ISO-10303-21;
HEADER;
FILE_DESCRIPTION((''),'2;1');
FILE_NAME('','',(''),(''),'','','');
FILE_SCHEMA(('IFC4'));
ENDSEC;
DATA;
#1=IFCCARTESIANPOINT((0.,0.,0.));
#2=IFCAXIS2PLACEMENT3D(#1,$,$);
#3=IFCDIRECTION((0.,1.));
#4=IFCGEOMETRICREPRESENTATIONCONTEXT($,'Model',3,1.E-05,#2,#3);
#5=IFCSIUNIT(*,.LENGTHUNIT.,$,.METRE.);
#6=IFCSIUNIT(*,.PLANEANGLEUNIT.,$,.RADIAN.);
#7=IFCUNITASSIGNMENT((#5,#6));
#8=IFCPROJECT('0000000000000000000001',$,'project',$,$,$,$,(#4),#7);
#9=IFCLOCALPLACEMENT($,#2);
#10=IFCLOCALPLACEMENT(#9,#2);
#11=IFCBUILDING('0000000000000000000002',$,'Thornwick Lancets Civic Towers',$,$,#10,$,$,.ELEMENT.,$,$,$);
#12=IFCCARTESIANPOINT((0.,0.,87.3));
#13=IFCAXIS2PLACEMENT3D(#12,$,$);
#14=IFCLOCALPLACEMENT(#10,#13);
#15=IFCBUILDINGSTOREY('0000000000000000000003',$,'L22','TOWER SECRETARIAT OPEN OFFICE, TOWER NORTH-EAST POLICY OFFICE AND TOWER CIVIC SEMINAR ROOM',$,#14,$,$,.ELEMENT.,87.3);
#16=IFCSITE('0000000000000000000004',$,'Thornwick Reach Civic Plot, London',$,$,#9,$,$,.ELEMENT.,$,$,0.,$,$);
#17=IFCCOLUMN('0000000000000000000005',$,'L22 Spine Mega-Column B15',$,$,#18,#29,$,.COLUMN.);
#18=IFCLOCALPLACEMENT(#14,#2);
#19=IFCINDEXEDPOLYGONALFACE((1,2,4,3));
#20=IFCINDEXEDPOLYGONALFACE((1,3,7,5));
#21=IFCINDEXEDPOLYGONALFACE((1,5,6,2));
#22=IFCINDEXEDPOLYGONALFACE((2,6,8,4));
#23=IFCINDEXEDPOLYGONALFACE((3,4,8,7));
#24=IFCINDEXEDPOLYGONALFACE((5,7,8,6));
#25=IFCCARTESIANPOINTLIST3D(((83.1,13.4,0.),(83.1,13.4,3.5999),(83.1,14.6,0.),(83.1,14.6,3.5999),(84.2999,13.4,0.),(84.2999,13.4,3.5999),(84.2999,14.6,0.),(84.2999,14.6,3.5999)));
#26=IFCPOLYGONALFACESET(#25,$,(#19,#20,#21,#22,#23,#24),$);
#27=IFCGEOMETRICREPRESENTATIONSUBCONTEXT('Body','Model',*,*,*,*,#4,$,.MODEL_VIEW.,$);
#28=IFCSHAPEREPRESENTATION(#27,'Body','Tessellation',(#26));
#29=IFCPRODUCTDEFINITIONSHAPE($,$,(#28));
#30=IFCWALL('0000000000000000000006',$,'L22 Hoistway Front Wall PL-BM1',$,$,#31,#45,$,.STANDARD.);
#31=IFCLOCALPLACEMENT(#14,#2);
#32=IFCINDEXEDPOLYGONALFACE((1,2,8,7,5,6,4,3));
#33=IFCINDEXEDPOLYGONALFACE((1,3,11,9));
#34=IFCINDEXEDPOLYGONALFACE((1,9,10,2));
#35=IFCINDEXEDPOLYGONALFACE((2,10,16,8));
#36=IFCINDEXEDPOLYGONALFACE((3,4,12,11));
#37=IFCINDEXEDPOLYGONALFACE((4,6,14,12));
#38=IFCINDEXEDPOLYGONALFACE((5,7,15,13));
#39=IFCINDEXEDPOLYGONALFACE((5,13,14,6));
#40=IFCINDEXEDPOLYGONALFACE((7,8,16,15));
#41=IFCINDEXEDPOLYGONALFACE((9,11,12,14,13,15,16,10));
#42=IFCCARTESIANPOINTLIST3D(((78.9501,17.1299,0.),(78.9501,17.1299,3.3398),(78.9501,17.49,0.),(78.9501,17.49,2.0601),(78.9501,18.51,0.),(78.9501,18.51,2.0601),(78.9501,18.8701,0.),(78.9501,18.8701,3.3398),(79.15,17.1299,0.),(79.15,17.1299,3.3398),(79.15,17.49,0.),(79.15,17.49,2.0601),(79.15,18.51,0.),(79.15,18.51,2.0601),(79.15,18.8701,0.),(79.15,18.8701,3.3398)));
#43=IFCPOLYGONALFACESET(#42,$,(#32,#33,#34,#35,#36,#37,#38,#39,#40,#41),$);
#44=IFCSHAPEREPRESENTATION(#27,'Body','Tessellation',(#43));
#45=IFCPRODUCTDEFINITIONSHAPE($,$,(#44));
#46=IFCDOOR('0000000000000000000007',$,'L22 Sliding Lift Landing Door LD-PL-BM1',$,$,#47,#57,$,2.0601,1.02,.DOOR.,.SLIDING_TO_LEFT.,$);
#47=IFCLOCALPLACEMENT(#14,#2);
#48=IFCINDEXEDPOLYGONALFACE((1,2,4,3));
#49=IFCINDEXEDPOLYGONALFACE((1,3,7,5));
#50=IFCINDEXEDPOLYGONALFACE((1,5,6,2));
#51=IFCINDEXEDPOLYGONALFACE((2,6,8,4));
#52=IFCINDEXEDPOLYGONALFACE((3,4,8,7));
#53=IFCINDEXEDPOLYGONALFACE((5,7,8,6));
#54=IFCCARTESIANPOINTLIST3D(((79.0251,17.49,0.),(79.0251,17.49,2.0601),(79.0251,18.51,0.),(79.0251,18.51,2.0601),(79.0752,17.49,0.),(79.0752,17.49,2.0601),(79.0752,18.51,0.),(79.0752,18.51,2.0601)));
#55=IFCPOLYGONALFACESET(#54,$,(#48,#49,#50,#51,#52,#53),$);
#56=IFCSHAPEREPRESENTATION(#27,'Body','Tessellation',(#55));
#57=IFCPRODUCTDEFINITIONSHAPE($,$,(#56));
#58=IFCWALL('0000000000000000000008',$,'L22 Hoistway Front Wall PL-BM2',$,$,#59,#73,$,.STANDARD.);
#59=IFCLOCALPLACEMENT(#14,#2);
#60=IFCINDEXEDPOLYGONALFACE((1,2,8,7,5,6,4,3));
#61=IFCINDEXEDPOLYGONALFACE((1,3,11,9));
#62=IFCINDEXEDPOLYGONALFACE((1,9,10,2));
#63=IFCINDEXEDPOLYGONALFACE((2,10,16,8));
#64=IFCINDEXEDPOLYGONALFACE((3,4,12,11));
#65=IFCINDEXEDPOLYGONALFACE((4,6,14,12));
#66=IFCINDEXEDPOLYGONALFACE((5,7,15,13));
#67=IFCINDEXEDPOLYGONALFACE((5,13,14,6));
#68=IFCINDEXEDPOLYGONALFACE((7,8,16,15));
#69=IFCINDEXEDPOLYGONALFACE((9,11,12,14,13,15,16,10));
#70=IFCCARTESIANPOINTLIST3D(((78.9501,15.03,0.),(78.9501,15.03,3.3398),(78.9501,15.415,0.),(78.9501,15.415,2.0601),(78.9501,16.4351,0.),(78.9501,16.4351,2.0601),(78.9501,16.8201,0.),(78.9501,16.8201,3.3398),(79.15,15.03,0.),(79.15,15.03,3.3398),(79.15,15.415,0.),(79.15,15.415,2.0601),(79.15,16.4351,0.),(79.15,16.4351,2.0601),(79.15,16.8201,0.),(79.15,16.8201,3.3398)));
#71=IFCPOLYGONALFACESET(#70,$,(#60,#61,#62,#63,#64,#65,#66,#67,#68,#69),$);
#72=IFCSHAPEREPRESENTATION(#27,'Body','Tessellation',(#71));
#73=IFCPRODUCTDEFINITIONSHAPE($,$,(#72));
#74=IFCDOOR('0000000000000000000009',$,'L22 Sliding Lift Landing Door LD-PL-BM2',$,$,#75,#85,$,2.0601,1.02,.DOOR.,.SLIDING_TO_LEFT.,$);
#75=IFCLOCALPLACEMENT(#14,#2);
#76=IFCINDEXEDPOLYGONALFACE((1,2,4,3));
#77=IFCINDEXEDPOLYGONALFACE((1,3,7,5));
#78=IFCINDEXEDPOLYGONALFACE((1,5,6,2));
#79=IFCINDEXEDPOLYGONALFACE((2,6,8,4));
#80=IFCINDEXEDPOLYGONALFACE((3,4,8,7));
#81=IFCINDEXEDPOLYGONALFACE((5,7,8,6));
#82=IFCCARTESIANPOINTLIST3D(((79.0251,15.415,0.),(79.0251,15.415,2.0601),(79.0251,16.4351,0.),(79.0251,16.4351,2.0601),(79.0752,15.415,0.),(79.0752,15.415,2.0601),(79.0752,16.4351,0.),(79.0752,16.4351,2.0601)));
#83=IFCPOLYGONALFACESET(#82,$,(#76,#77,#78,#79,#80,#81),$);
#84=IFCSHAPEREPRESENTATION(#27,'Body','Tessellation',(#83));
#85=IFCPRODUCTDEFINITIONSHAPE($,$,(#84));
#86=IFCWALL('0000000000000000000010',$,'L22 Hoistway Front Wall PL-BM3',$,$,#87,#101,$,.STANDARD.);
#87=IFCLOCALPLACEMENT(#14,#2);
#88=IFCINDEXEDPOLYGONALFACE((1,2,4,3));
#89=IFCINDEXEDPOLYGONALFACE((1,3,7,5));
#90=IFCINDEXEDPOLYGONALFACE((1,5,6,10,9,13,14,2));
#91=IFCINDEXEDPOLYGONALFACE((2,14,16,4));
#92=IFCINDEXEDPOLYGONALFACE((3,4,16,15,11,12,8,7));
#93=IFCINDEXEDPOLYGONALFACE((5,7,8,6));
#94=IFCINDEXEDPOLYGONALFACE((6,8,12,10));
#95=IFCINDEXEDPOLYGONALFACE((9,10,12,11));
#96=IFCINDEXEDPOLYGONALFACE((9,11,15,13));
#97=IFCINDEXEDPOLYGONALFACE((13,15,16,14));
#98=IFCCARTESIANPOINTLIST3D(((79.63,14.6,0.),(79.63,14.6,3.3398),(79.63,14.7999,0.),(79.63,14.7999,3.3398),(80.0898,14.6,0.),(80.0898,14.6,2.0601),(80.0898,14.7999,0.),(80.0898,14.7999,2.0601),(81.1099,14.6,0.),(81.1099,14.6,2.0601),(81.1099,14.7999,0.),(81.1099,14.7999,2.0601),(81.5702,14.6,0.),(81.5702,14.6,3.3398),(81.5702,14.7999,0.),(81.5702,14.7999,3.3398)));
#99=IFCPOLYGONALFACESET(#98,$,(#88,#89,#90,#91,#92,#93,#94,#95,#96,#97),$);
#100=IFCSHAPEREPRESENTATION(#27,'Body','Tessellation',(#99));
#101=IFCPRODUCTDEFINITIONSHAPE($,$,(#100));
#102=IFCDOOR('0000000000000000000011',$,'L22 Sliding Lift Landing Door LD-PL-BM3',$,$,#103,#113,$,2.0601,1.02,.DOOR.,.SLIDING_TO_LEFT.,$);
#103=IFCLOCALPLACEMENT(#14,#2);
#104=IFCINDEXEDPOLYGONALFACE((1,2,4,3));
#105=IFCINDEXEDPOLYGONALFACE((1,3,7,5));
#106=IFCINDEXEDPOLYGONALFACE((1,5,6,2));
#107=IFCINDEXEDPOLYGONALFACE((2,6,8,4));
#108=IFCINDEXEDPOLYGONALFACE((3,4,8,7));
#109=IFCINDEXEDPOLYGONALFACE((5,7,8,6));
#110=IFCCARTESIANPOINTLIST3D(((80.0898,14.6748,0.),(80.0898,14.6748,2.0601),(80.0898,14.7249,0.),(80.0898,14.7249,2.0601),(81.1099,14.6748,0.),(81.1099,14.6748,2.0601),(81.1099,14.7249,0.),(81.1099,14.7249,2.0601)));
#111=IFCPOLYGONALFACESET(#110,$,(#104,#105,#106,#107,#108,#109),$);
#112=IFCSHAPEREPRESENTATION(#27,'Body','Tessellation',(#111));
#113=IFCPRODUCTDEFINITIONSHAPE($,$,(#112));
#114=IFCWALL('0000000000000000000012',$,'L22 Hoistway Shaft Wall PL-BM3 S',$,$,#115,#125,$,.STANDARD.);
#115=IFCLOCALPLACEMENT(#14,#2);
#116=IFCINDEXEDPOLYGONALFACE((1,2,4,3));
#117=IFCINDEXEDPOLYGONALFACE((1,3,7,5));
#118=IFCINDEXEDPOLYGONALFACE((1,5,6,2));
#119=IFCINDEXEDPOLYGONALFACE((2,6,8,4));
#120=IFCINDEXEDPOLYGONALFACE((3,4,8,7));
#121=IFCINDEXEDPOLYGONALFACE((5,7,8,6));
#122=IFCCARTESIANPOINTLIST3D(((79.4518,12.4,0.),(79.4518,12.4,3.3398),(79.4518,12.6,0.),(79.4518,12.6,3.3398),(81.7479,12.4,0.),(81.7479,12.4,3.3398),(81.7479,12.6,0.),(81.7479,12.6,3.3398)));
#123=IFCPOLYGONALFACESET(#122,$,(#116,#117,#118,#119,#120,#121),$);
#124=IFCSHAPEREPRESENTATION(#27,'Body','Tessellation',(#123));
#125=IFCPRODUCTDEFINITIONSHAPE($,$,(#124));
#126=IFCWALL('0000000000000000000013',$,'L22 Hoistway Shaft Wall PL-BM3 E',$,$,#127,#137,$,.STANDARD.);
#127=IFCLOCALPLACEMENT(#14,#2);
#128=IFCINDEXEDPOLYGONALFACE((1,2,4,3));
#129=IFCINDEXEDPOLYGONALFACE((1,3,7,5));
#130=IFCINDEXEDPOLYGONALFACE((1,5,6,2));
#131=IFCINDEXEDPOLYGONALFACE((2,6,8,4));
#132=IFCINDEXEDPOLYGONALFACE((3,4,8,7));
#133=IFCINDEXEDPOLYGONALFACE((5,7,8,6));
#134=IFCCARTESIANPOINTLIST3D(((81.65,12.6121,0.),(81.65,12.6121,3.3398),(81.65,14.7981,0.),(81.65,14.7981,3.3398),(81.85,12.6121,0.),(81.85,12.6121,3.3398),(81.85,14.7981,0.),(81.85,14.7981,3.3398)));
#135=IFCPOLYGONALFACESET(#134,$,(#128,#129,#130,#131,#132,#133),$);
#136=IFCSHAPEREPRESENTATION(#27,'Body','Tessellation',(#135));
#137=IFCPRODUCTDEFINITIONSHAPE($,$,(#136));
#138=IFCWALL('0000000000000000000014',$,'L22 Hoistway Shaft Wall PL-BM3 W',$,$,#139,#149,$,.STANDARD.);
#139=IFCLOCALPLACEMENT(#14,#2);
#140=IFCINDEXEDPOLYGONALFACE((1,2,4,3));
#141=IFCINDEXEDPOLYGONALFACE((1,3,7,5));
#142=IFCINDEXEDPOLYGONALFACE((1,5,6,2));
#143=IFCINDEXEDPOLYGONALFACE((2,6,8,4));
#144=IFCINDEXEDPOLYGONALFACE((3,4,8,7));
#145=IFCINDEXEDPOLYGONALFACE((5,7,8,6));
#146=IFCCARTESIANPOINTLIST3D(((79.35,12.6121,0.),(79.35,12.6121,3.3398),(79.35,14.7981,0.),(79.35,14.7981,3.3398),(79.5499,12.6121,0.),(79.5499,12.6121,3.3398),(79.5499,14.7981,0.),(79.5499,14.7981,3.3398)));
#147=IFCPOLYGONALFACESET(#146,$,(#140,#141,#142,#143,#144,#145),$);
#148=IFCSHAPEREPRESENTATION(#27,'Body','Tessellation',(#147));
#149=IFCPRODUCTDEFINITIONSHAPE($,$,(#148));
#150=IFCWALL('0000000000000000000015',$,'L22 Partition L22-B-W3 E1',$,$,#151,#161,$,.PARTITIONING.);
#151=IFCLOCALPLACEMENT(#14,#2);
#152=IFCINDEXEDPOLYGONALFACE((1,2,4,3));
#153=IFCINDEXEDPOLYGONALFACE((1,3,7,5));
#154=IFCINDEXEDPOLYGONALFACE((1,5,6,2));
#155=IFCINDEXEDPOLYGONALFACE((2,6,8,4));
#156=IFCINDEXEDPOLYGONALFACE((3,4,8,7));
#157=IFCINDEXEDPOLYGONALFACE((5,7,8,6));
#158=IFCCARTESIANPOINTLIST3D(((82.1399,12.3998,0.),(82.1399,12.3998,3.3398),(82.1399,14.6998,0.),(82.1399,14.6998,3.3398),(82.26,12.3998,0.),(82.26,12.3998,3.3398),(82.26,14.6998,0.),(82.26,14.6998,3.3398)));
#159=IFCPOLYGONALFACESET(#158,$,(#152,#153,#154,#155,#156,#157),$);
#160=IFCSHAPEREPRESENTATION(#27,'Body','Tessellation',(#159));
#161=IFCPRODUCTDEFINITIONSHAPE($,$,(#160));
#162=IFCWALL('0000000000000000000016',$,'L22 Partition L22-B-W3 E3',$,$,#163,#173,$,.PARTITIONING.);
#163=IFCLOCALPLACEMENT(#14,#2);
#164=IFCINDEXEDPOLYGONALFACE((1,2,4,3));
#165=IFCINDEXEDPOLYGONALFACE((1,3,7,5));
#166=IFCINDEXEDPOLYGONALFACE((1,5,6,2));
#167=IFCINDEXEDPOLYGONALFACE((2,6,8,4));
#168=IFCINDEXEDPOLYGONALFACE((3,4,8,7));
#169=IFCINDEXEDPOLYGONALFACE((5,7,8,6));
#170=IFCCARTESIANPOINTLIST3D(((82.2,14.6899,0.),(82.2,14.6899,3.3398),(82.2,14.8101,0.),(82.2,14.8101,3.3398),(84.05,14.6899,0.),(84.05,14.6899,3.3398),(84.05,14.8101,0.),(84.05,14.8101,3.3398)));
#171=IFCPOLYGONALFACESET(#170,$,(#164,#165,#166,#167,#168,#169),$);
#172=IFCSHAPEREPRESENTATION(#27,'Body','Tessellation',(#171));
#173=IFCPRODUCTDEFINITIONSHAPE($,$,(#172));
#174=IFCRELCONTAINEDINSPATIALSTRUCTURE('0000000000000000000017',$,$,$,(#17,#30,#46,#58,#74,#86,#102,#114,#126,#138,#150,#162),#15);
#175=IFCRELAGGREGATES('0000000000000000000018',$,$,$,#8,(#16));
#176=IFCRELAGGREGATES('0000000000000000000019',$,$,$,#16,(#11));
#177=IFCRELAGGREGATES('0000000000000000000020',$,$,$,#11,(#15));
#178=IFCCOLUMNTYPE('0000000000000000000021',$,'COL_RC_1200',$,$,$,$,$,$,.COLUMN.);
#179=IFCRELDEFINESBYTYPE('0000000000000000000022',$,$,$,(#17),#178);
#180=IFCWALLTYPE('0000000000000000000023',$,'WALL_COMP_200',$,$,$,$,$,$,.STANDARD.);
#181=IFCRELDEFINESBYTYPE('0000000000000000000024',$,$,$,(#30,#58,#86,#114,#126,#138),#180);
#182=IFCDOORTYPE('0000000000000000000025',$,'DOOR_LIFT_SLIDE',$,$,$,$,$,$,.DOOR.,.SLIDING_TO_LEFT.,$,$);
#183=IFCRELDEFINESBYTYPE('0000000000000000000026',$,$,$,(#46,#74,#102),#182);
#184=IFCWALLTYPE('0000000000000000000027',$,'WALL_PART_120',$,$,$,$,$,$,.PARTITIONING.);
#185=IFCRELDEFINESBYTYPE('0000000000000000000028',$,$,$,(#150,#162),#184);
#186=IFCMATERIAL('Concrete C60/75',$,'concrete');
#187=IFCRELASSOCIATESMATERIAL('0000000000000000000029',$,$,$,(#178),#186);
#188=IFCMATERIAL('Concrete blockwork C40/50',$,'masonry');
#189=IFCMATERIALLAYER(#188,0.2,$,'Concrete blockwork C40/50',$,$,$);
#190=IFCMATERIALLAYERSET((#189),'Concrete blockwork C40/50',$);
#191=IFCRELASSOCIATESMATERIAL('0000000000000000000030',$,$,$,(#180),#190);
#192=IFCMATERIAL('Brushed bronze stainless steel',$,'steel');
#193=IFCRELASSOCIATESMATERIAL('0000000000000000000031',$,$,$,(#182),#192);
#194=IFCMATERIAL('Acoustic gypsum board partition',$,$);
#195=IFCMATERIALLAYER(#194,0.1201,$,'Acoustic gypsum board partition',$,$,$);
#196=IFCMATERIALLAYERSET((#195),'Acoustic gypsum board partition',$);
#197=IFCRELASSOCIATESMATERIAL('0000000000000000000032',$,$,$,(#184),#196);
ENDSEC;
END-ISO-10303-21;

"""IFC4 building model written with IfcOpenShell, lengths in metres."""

from ifc_helpers import new_model, si_unit, direction, frame, frame_2d, origin, origin_2d, place, context, subcontext, project, spatial, rectangle, extrude, material, layer, layer_set, material_profile, profile_set, type_object, element, fill, save


model = new_model("IFC4")

# Units and contexts
model_context = context("Model", 3, precision=1e-05, world=origin(), true_north=direction((0.0, 1.0)))
body_context = subcontext(model_context, "Body", "Model", "MODEL_VIEW")
ifc_project = project(units=[si_unit("LENGTHUNIT", "METRE"), si_unit("PLANEANGLEUNIT", "RADIAN")], contexts=[model_context])

# Site, building, storey
site_placement = place(None, origin())
site = spatial("IfcSite", under=ifc_project, at=site_placement, Name="Thornwick Reach Civic Plot, London", CompositionType="ELEMENT", RefElevation=0.0)
building_placement = place(site_placement, origin())
building = spatial("IfcBuilding", under=site, at=building_placement, Name="Thornwick Lancets Civic Towers", CompositionType="ELEMENT")
storey_placement = place(building_placement, frame((0.0, 0.0, 87.3)))
storey = spatial("IfcBuildingStorey", under=building, at=storey_placement, Name="L22", Description="TOWER SECRETARIAT OPEN OFFICE, TOWER NORTH-EAST POLICY OFFICE AND TOWER CIVIC SEMINAR ROOM", CompositionType="ELEMENT", Elevation=87.3)

# Column
ifc_material_1 = material(Name="Concrete C60/75", Category="concrete")
ifc_material_profile = material_profile(ifc_material_1, rectangle(XDim=1.2, YDim=1.2, at=origin_2d()), Name="RC 1200x1200")
ifc_profile_set = profile_set([ifc_material_profile], Name="Concrete C60/75")
column_type = type_object("IfcColumnType", Name="COL_RC_1200", PredefinedType="COLUMN", material=ifc_profile_set)
column_placement = place(storey_placement, frame((83.7, 14.0, 0.0), z_axis=(0.0, 0.0, 1.0), x_axis=(1.0, 0.0, 0.0)))
element("IfcColumn", 1, at=column_placement, inside=storey, type_object=column_type, Name="L22 Spine Mega-Column B15", PredefinedType="COLUMN", context=body_context, shape_type="SweptSolid", body=[
    extrude(rectangle(XDim=1.2, YDim=1.2, at=origin_2d()), origin(), (0.0, 0.0, 1.0), 3.5999),
])

# Walls, openings, doors
ifc_material_2 = material(Name="Concrete blockwork C40/50", Category="masonry")
ifc_layer_1 = layer(ifc_material_2, 0.2, Name="Concrete blockwork C40/50")
ifc_layer_set_1 = layer_set([ifc_layer_1], Name="Concrete blockwork C40/50")
wall_type_1 = type_object("IfcWallType", Name="WALL_COMP_200", PredefinedType="STANDARD", material=ifc_layer_set_1)
wall_1_placement = place(storey_placement, frame((79.05, 17.1299, 0.0), z_axis=(0.0, 0.0, 1.0), x_axis=(0.0, 1.0, 0.0)))
wall_1 = element("IfcWall", 2, at=wall_1_placement, inside=storey, type_object=wall_type_1, Name="L22 Hoistway Front Wall PL-BM1", PredefinedType="STANDARD", context=body_context, shape_type="SweptSolid", body=[
    extrude(rectangle(XDim=1.7402, YDim=0.2, at=frame_2d((0.8701, 0.0))), origin(), (0.0, 0.0, 1.0), 3.3398),
])
opening_1_placement = place(wall_1_placement, frame((0.3601, 0.0, 0.0)))
opening_1 = element("IfcOpeningElement", 3, at=opening_1_placement, cuts=wall_1, PredefinedType="OPENING", context=body_context, shape_type="SweptSolid", body=[
    extrude(rectangle(XDim=1.02, YDim=2.0601, at=frame_2d((0.51, 1.03))), frame((0.0, 0.1099, 0.0), z_axis=(0.0, -1.0, 0.0), x_axis=(1.0, 0.0, 0.0)), (0.0, 0.0, 1.0), 0.22),
])
ifc_material_3 = material(Name="Brushed bronze stainless steel", Category="steel")
door_type_1 = type_object("IfcDoorType", Name="DOOR_LIFT_SLIDE", OperationType="SLIDING_TO_LEFT", PredefinedType="DOOR", material=ifc_material_3)
door_1_placement = place(opening_1_placement, origin())
door_1 = element("IfcDoor", 4, at=door_1_placement, inside=storey, type_object=door_type_1, Name="L22 Sliding Lift Landing Door LD-PL-BM1", OperationType="SLIDING_TO_LEFT", OverallHeight=2.0601, OverallWidth=1.02, PredefinedType="DOOR", context=body_context, shape_type="SweptSolid", body=[
    extrude(rectangle(XDim=1.02, YDim=2.0601, at=frame_2d((0.51, 1.03))), frame((0.0, 0.0249, 0.0), z_axis=(0.0, -1.0, 0.0), x_axis=(1.0, 0.0, 0.0)), (0.0, 0.0, 1.0), 0.05),
])
fill(opening_1, door_1)
wall_2_placement = place(storey_placement, frame((79.05, 15.03, 0.0), z_axis=(0.0, 0.0, 1.0), x_axis=(0.0, 1.0, 0.0)))
wall_2 = element("IfcWall", 5, at=wall_2_placement, inside=storey, type_object=wall_type_1, Name="L22 Hoistway Front Wall PL-BM2", PredefinedType="STANDARD", context=body_context, shape_type="SweptSolid", body=[
    extrude(rectangle(XDim=1.79, YDim=0.2, at=frame_2d((0.895, 0.0))), origin(), (0.0, 0.0, 1.0), 3.3398),
])
opening_2_placement = place(wall_2_placement, frame((0.385, 0.0, 0.0)))
opening_2 = element("IfcOpeningElement", 6, at=opening_2_placement, cuts=wall_2, PredefinedType="OPENING", context=body_context, shape_type="SweptSolid", body=[
    extrude(rectangle(XDim=1.02, YDim=2.0601, at=frame_2d((0.51, 1.03))), frame((0.0, 0.1099, 0.0), z_axis=(0.0, -1.0, 0.0), x_axis=(1.0, 0.0, 0.0)), (0.0, 0.0, 1.0), 0.22),
])
door_2_placement = place(opening_2_placement, origin())
door_2 = element("IfcDoor", 7, at=door_2_placement, inside=storey, type_object=door_type_1, Name="L22 Sliding Lift Landing Door LD-PL-BM2", OperationType="SLIDING_TO_LEFT", OverallHeight=2.0601, OverallWidth=1.02, PredefinedType="DOOR", context=body_context, shape_type="SweptSolid", body=[
    extrude(rectangle(XDim=1.02, YDim=2.0601, at=frame_2d((0.51, 1.03))), frame((0.0, 0.0249, 0.0), z_axis=(0.0, -1.0, 0.0), x_axis=(1.0, 0.0, 0.0)), (0.0, 0.0, 1.0), 0.05),
])
fill(opening_2, door_2)
wall_3_placement = place(storey_placement, frame((79.6299, 14.7, 0.0), z_axis=(0.0, 0.0, 1.0), x_axis=(1.0, 0.0, 0.0)))
wall_3 = element("IfcWall", 8, at=wall_3_placement, inside=storey, type_object=wall_type_1, Name="L22 Hoistway Front Wall PL-BM3", PredefinedType="STANDARD", context=body_context, shape_type="SweptSolid", body=[
    extrude(rectangle(XDim=1.9402, YDim=0.2, at=frame_2d((0.9702, 0.0))), origin(), (0.0, 0.0, 1.0), 3.3398),
])
opening_3_placement = place(wall_3_placement, frame((0.46, 0.0, 0.0)))
opening_3 = element("IfcOpeningElement", 9, at=opening_3_placement, cuts=wall_3, PredefinedType="OPENING", context=body_context, shape_type="SweptSolid", body=[
    extrude(rectangle(XDim=1.02, YDim=2.0601, at=frame_2d((0.51, 1.03))), frame((0.0, 0.1099, 0.0), z_axis=(0.0, -1.0, 0.0), x_axis=(1.0, 0.0, 0.0)), (0.0, 0.0, 1.0), 0.22),
])
door_3_placement = place(opening_3_placement, origin())
door_3 = element("IfcDoor", 10, at=door_3_placement, inside=storey, type_object=door_type_1, Name="L22 Sliding Lift Landing Door LD-PL-BM3", OperationType="SLIDING_TO_LEFT", OverallHeight=2.0601, OverallWidth=1.02, PredefinedType="DOOR", context=body_context, shape_type="SweptSolid", body=[
    extrude(rectangle(XDim=1.02, YDim=2.0601, at=frame_2d((0.51, 1.03))), frame((0.0, 0.0249, 0.0), z_axis=(0.0, -1.0, 0.0), x_axis=(1.0, 0.0, 0.0)), (0.0, 0.0, 1.0), 0.05),
])
fill(opening_3, door_3)

# Walls
wall_4_placement = place(storey_placement, frame((79.4519, 12.5, 0.0), z_axis=(0.0, 0.0, 1.0), x_axis=(1.0, 0.0, 0.0)))
element("IfcWall", 11, at=wall_4_placement, inside=storey, type_object=wall_type_1, Name="L22 Hoistway Shaft Wall PL-BM3 S", PredefinedType="STANDARD", context=body_context, shape_type="SweptSolid", body=[
    extrude(rectangle(XDim=2.2961, YDim=0.2, at=frame_2d((1.1479, 0.0))), origin(), (0.0, 0.0, 1.0), 3.3398),
])
for number, where, z_axis, x_axis, name in (
    (12, (81.75, 12.6121, 0.0), (0.0, 0.0, 1.0), (0.0, 1.0, 0.0), "L22 Hoistway Shaft Wall PL-BM3 E"),
    (13, (79.45, 12.6121, 0.0), (0.0, 0.0, 1.0), (0.0, 1.0, 0.0), "L22 Hoistway Shaft Wall PL-BM3 W"),
):
    element("IfcWall", number, at=place(storey_placement, frame(where, z_axis=z_axis, x_axis=x_axis)), inside=storey, type_object=wall_type_1, Name=name, PredefinedType="STANDARD", context=body_context, shape_type="SweptSolid", body=[
        extrude(rectangle(XDim=2.186, YDim=0.2, at=frame_2d((1.093, 0.0))), origin(), (0.0, 0.0, 1.0), 3.3398),
    ])
ifc_material_4 = material(Name="Acoustic gypsum board partition")
ifc_layer_2 = layer(ifc_material_4, 0.1201, Name="Acoustic gypsum board partition")
ifc_layer_set_2 = layer_set([ifc_layer_2], Name="Acoustic gypsum board partition")
wall_type_2 = type_object("IfcWallType", Name="WALL_PART_120", PredefinedType="PARTITIONING", material=ifc_layer_set_2)
wall_5_placement = place(storey_placement, frame((82.2, 12.3999, 0.0), z_axis=(0.0, 0.0, 1.0), x_axis=(0.0, 1.0, 0.0)))
element("IfcWall", 14, at=wall_5_placement, inside=storey, type_object=wall_type_2, Name="L22 Partition L22-B-W3 E1", PredefinedType="PARTITIONING", context=body_context, shape_type="SweptSolid", body=[
    extrude(rectangle(XDim=2.3, YDim=0.1201, at=frame_2d((1.1499, 0.0))), origin(), (0.0, 0.0, 1.0), 3.3398),
])
wall_6_placement = place(storey_placement, frame((82.2, 14.75, 0.0), z_axis=(0.0, 0.0, 1.0), x_axis=(1.0, 0.0, 0.0)))
element("IfcWall", 15, at=wall_6_placement, inside=storey, type_object=wall_type_2, Name="L22 Partition L22-B-W3 E3", PredefinedType="PARTITIONING", context=body_context, shape_type="SweptSolid", body=[
    extrude(rectangle(XDim=1.8501, YDim=0.1201, at=frame_2d((0.925, 0.0))), origin(), (0.0, 0.0, 1.0), 3.3398),
])

save(model, "model.ifc")
